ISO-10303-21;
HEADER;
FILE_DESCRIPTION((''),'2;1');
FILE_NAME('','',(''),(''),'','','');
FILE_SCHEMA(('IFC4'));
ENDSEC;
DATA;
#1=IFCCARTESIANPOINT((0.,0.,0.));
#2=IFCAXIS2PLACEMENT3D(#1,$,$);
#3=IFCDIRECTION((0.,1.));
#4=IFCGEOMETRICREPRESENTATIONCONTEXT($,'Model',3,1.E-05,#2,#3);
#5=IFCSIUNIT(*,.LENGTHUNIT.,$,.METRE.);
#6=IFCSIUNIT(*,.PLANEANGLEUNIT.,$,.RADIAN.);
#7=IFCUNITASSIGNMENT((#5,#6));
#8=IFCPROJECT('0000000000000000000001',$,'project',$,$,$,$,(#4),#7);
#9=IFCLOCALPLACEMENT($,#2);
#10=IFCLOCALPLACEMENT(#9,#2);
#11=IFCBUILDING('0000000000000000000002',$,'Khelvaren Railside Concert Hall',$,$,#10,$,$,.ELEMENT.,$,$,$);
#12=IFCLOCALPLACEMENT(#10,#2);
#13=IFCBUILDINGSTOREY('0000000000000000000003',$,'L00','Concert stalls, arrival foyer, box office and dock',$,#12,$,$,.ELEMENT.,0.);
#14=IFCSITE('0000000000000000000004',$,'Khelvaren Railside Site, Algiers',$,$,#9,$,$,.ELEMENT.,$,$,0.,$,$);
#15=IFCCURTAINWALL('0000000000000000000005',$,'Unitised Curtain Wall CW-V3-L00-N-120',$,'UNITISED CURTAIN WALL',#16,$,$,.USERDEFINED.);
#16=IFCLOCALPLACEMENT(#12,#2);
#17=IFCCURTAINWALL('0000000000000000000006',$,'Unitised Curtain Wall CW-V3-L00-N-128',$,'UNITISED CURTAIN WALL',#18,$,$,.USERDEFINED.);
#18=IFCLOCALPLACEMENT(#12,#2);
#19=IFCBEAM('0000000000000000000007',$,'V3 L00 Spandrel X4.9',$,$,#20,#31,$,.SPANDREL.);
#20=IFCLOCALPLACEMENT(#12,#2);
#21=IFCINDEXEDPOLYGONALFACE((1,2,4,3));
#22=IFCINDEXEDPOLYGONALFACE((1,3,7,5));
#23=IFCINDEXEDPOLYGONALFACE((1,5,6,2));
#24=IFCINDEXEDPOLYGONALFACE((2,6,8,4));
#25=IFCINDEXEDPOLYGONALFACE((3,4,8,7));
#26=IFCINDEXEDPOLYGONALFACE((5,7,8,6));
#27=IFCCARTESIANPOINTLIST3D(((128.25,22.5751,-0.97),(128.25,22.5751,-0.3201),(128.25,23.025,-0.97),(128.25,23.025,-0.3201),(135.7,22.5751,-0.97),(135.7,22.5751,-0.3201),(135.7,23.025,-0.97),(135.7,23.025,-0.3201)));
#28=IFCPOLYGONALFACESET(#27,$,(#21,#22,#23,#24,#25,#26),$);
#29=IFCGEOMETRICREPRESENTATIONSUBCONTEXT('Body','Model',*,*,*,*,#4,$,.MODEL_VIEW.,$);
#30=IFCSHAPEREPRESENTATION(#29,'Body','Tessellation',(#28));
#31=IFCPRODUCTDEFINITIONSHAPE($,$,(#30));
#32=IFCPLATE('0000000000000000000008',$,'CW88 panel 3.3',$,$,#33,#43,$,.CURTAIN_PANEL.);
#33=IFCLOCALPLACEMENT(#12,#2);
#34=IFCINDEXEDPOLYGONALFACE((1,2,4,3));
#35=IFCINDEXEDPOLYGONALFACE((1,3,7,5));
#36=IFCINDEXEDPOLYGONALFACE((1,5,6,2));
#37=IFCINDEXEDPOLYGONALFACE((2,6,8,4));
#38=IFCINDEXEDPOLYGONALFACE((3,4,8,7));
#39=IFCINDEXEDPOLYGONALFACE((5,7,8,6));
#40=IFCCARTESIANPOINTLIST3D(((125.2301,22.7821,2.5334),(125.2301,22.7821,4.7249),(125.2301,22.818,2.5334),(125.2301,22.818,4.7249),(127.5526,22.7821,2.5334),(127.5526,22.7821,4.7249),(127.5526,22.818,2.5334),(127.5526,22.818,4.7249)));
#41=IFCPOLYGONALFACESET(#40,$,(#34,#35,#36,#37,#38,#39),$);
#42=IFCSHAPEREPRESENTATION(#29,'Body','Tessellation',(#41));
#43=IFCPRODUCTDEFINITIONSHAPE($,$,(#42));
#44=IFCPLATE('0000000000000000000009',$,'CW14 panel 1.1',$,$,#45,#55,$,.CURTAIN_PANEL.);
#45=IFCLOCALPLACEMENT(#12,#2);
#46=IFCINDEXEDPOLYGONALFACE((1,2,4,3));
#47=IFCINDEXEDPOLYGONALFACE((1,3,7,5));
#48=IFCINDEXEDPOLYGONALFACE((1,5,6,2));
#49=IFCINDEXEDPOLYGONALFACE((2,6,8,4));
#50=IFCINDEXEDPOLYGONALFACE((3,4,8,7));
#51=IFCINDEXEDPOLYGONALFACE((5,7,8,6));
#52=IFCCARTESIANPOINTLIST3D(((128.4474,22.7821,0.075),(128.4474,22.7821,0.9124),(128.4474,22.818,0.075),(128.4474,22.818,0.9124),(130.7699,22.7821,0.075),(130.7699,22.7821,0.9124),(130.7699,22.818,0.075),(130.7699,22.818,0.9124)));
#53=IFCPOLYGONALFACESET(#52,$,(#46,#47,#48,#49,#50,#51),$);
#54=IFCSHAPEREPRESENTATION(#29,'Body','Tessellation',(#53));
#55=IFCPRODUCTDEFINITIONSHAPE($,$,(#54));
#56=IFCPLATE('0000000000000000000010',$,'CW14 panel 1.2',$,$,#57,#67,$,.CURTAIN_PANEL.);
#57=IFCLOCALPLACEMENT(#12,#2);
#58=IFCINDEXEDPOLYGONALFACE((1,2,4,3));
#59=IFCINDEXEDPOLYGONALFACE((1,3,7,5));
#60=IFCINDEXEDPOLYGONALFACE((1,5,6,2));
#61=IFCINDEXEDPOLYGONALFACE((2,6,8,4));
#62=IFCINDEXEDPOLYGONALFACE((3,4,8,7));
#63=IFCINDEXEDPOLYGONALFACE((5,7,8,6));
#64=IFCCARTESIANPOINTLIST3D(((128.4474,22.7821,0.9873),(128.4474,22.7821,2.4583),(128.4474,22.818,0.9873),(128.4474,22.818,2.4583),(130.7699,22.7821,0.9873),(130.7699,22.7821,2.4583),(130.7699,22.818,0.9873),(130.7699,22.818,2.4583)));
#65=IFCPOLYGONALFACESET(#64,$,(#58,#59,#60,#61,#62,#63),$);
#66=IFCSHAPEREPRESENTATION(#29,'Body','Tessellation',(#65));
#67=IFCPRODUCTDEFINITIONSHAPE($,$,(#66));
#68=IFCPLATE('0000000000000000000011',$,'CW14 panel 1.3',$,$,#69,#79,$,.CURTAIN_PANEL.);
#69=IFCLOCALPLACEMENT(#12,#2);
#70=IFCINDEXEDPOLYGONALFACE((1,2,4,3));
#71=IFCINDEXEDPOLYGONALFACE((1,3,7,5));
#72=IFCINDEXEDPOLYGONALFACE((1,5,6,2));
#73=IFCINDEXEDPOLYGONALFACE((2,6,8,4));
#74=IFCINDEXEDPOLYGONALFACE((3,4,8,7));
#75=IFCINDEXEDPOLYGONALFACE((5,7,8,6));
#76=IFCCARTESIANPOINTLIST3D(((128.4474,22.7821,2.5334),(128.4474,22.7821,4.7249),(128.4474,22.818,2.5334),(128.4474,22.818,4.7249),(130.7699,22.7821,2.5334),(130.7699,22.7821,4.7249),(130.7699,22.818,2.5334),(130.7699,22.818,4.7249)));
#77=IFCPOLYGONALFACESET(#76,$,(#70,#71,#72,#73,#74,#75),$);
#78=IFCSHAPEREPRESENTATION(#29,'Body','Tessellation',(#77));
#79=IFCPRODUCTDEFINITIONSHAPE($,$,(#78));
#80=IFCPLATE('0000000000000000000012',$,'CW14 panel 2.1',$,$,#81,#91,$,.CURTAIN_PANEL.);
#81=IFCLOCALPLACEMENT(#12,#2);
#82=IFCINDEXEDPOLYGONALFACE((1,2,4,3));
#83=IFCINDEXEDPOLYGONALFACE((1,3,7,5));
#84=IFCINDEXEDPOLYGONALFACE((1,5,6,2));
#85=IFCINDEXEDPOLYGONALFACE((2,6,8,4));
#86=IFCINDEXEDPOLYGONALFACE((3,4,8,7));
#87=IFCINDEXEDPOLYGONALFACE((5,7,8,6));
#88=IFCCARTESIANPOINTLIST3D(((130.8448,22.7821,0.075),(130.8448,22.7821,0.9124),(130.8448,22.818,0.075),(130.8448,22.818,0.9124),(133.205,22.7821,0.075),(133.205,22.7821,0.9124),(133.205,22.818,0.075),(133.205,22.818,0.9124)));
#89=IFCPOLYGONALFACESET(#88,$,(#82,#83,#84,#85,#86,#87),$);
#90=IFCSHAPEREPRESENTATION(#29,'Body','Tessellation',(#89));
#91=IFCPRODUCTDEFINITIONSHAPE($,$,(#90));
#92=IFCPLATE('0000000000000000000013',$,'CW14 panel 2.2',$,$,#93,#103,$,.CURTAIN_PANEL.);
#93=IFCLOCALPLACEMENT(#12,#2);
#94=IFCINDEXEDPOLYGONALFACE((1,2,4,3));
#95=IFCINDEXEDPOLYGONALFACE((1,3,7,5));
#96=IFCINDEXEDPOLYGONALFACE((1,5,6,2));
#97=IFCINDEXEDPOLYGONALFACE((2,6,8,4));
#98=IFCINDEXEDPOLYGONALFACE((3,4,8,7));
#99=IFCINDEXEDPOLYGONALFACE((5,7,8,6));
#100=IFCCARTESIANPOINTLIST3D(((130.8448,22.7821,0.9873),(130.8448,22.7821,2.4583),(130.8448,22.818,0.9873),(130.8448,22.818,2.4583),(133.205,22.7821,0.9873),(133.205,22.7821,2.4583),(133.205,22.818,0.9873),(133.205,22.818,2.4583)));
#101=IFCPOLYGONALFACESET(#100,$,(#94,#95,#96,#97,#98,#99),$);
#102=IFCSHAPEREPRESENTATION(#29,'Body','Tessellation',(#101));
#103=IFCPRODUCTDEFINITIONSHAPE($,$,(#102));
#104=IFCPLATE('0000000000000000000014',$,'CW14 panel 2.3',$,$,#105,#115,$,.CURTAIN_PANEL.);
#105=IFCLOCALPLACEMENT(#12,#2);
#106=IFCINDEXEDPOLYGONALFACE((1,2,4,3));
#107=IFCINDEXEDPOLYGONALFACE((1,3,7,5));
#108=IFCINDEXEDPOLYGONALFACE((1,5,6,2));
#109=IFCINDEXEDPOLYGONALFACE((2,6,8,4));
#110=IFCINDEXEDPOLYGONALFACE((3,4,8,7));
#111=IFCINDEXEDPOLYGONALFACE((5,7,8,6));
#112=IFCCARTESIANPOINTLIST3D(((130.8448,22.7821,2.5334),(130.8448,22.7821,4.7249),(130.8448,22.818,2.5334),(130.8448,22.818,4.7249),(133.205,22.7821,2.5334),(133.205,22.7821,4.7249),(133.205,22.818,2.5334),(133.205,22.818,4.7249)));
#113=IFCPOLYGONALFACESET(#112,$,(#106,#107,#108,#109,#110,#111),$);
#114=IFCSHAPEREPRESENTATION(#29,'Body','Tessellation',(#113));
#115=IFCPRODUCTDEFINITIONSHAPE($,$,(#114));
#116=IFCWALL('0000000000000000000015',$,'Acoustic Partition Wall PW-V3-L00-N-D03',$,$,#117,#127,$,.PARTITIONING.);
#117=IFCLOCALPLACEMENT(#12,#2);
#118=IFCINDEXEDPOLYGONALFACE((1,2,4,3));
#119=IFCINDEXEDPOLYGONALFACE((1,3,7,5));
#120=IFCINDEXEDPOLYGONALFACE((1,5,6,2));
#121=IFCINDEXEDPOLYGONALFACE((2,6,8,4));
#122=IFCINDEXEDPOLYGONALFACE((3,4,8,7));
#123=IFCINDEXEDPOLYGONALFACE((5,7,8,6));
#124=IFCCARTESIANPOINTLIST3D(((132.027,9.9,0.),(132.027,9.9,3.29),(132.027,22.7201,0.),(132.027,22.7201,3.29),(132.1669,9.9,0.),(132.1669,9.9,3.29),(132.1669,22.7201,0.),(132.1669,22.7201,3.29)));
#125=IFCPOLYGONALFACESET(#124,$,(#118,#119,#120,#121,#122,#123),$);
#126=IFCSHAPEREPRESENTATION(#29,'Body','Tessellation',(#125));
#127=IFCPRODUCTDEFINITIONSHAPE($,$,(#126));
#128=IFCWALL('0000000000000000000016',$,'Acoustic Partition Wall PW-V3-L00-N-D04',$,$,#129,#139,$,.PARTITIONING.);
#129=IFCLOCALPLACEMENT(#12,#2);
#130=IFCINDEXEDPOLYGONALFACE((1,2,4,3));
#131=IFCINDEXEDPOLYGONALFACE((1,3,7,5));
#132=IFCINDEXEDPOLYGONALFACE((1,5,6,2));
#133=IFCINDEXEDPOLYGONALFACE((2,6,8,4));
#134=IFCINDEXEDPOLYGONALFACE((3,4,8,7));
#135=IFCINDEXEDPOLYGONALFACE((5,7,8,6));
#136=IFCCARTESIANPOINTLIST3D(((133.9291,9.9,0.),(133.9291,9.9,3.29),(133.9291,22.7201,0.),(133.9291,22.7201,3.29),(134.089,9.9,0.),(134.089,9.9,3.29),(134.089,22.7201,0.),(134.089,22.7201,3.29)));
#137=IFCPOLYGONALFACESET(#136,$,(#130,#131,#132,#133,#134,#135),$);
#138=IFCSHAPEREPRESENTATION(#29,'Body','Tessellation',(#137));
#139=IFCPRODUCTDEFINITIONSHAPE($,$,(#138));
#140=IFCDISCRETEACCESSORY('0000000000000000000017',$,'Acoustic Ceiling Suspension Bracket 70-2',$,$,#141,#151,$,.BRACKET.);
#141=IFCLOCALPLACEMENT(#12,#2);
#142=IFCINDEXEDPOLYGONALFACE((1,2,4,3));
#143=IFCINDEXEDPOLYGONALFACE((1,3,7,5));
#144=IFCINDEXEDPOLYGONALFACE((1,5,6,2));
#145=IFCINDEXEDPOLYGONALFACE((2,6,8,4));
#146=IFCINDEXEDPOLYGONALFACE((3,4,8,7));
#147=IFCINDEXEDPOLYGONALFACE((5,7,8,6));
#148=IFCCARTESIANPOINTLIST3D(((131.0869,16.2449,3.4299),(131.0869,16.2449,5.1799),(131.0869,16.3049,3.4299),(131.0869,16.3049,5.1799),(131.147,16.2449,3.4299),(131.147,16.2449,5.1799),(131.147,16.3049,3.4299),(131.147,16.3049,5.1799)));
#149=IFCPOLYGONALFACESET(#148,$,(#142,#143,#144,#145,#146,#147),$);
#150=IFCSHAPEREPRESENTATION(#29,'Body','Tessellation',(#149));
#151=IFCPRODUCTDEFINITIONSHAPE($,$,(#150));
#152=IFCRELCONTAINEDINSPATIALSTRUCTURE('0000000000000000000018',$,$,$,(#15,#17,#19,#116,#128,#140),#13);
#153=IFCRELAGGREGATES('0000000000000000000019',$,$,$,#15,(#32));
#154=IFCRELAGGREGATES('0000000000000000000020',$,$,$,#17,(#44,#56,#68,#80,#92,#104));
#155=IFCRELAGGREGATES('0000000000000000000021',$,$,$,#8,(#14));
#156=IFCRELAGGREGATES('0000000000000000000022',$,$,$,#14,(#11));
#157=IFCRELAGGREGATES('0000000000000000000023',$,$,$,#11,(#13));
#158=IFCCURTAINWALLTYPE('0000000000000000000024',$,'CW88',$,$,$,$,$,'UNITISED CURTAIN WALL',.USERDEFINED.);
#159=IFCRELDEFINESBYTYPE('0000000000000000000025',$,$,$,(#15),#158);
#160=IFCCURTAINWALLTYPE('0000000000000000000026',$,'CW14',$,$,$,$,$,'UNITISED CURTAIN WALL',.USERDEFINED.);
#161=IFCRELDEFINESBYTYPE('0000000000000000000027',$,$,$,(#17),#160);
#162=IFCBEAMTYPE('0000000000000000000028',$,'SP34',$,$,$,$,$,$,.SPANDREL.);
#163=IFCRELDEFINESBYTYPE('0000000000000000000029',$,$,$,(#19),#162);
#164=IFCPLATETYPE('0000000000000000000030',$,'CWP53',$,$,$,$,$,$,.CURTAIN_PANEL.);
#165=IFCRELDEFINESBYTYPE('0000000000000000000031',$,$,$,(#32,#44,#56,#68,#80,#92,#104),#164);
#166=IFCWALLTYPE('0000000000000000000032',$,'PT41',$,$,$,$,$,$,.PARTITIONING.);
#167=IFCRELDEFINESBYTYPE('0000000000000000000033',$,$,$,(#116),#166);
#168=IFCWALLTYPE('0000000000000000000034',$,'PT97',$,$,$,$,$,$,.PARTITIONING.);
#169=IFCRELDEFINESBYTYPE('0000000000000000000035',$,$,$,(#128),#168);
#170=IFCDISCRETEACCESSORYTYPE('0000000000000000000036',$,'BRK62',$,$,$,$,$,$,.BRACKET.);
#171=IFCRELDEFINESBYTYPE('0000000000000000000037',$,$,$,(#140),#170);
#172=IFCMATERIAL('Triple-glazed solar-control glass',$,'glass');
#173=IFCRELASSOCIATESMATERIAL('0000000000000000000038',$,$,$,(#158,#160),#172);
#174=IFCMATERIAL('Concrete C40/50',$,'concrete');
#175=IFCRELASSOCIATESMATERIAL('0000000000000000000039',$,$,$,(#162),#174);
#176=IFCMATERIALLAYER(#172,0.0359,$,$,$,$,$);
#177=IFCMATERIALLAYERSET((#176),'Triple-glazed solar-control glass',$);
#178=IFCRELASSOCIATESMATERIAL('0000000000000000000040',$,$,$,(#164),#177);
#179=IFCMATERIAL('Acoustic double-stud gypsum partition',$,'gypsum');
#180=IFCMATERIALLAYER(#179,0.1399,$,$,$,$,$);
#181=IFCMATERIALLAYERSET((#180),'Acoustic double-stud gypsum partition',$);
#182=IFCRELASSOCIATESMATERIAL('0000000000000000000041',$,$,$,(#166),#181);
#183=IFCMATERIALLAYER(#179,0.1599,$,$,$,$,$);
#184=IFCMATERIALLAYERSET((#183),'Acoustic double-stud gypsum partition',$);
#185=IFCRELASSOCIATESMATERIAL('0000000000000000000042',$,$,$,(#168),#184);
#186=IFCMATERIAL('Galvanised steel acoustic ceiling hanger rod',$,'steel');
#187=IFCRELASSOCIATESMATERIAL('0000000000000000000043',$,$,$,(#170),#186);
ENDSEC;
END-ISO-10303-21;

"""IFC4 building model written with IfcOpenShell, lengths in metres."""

from ifc_helpers import new_model, si_unit, direction, frame, frame_2d, origin, origin_2d, place, context, subcontext, project, spatial, rectangle, extrude, material, layer, layer_set, material_profile, profile_set, type_object, element, aggregate, save


model = new_model("IFC4")

# Units and contexts
model_context = context("Model", 3, precision=1e-05, world=origin(), true_north=direction((0.0, 1.0)))
body_context = subcontext(model_context, "Body", "Model", "MODEL_VIEW")
ifc_project = project(units=[si_unit("LENGTHUNIT", "METRE"), si_unit("PLANEANGLEUNIT", "RADIAN")], contexts=[model_context])

# Site, building, storey
site_placement = place(None, origin())
site = spatial("IfcSite", under=ifc_project, at=site_placement, Name="Khelvaren Railside Site, Algiers", CompositionType="ELEMENT", RefElevation=0.0)
building_placement = place(site_placement, origin())
building = spatial("IfcBuilding", under=site, at=building_placement, Name="Khelvaren Railside Concert Hall", CompositionType="ELEMENT")
storey_placement = place(building_placement, origin())
storey = spatial("IfcBuildingStorey", under=building, at=storey_placement, Name="L00", Description="Concert stalls, arrival foyer, box office and dock", CompositionType="ELEMENT", Elevation=0.0)

# Curtain wall
ifc_material_1 = material(Name="Triple-glazed solar-control glass", Category="glass")
curtain_wall_type_1 = type_object("IfcCurtainWallType", Name="CW88", ElementType="UNITISED CURTAIN WALL", PredefinedType="USERDEFINED", material=ifc_material_1)
curtain_wall_1_placement = place(storey_placement, origin())
curtain_wall_1 = element("IfcCurtainWall", 1, at=curtain_wall_1_placement, inside=storey, type_object=curtain_wall_type_1, Name="Unitised Curtain Wall CW-V3-L00-N-120", ObjectType="UNITISED CURTAIN WALL", PredefinedType="USERDEFINED")

# Curtain wall
curtain_wall_type_2 = type_object("IfcCurtainWallType", Name="CW14", ElementType="UNITISED CURTAIN WALL", PredefinedType="USERDEFINED", material=ifc_material_1)
curtain_wall_2_placement = place(storey_placement, origin())
curtain_wall_2 = element("IfcCurtainWall", 2, at=curtain_wall_2_placement, inside=storey, type_object=curtain_wall_type_2, Name="Unitised Curtain Wall CW-V3-L00-N-128", ObjectType="UNITISED CURTAIN WALL", PredefinedType="USERDEFINED")

# Beam
ifc_material_2 = material(Name="Concrete C40/50", Category="concrete")
ifc_material_profile_1 = material_profile(ifc_material_2, rectangle(XDim=0.45, YDim=0.6499, at=origin_2d()), Name="RCB 450x650")
ifc_profile_set_1 = profile_set([ifc_material_profile_1], Name="Concrete C40/50")
beam_type_1 = type_object("IfcBeamType", Name="SP34", PredefinedType="SPANDREL", material=ifc_profile_set_1)
beam_1_placement = place(storey_placement, frame((128.25, 22.8, -0.645), z_axis=(1.0, 0.0, 0.0), x_axis=(0.0, 1.0, 0.0)))
element("IfcBeam", 3, at=beam_1_placement, inside=storey, type_object=beam_type_1, Name="V3 L00 Spandrel X4.9", PredefinedType="SPANDREL", context=body_context, shape_type="SweptSolid", body=[
    extrude(rectangle(XDim=0.45, YDim=0.6499, at=origin_2d()), origin(), (0.0, 0.0, 1.0), 7.45),
])

# Plates
ifc_layer_1 = layer(ifc_material_1, 0.0359)
ifc_layer_set_1 = layer_set([ifc_layer_1], Name="Triple-glazed solar-control glass")
plate_type = type_object("IfcPlateType", Name="CWP53", PredefinedType="CURTAIN_PANEL", material=ifc_layer_set_1)
plate_1_placement = place(storey_placement, frame((126.3914, 22.8, 2.5334), z_axis=(0.0, 0.0, 1.0), x_axis=(1.0, 0.0, 0.0)))
plate_1 = element("IfcPlate", 4, at=plate_1_placement, type_object=plate_type, Name="CW88 panel 3.3", PredefinedType="CURTAIN_PANEL", context=body_context, shape_type="SweptSolid", body=[
    extrude(rectangle(XDim=2.3225, YDim=0.0359, at=origin_2d()), origin(), (0.0, 0.0, 1.0), 2.1914),
])
aggregate(curtain_wall_1, [plate_1])
plate_2_placement = place(storey_placement, frame((129.6086, 22.8, 0.075), z_axis=(0.0, 0.0, 1.0), x_axis=(1.0, 0.0, 0.0)))
plate_2 = element("IfcPlate", 5, at=plate_2_placement, type_object=plate_type, Name="CW14 panel 1.1", PredefinedType="CURTAIN_PANEL", context=body_context, shape_type="SweptSolid", body=[
    extrude(rectangle(XDim=2.3225, YDim=0.0359, at=origin_2d()), origin(), (0.0, 0.0, 1.0), 0.8374),
])
plate_3_placement = place(storey_placement, frame((129.6086, 22.8, 0.9873), z_axis=(0.0, 0.0, 1.0), x_axis=(1.0, 0.0, 0.0)))
plate_3 = element("IfcPlate", 6, at=plate_3_placement, type_object=plate_type, Name="CW14 panel 1.2", PredefinedType="CURTAIN_PANEL", context=body_context, shape_type="SweptSolid", body=[
    extrude(rectangle(XDim=2.3225, YDim=0.0359, at=origin_2d()), origin(), (0.0, 0.0, 1.0), 1.4709),
])
plate_4_placement = place(storey_placement, frame((129.6086, 22.8, 2.5334), z_axis=(0.0, 0.0, 1.0), x_axis=(1.0, 0.0, 0.0)))
plate_4 = element("IfcPlate", 7, at=plate_4_placement, type_object=plate_type, Name="CW14 panel 1.3", PredefinedType="CURTAIN_PANEL", context=body_context, shape_type="SweptSolid", body=[
    extrude(rectangle(XDim=2.3225, YDim=0.0359, at=origin_2d()), origin(), (0.0, 0.0, 1.0), 2.1914),
])
plate_5_placement = place(storey_placement, frame((132.0249, 22.8, 0.075), z_axis=(0.0, 0.0, 1.0), x_axis=(1.0, 0.0, 0.0)))
plate_5 = element("IfcPlate", 8, at=plate_5_placement, type_object=plate_type, Name="CW14 panel 2.1", PredefinedType="CURTAIN_PANEL", context=body_context, shape_type="SweptSolid", body=[
    extrude(rectangle(XDim=2.3601, YDim=0.0359, at=origin_2d()), origin(), (0.0, 0.0, 1.0), 0.8374),
])
plate_6_placement = place(storey_placement, frame((132.0249, 22.8, 0.9873), z_axis=(0.0, 0.0, 1.0), x_axis=(1.0, 0.0, 0.0)))
plate_6 = element("IfcPlate", 9, at=plate_6_placement, type_object=plate_type, Name="CW14 panel 2.2", PredefinedType="CURTAIN_PANEL", context=body_context, shape_type="SweptSolid", body=[
    extrude(rectangle(XDim=2.3601, YDim=0.0359, at=origin_2d()), origin(), (0.0, 0.0, 1.0), 1.4709),
])
plate_7_placement = place(storey_placement, frame((132.0249, 22.8, 2.5334), z_axis=(0.0, 0.0, 1.0), x_axis=(1.0, 0.0, 0.0)))
plate_7 = element("IfcPlate", 10, at=plate_7_placement, type_object=plate_type, Name="CW14 panel 2.3", PredefinedType="CURTAIN_PANEL", context=body_context, shape_type="SweptSolid", body=[
    extrude(rectangle(XDim=2.3601, YDim=0.0359, at=origin_2d()), origin(), (0.0, 0.0, 1.0), 2.1914),
])
aggregate(curtain_wall_2, [plate_2, plate_3, plate_4, plate_5, plate_6, plate_7])

# Wall
ifc_material_3 = material(Name="Acoustic double-stud gypsum partition", Category="gypsum")
ifc_layer_2 = layer(ifc_material_3, 0.1399)
ifc_layer_set_2 = layer_set([ifc_layer_2], Name="Acoustic double-stud gypsum partition")
wall_type_1 = type_object("IfcWallType", Name="PT41", PredefinedType="PARTITIONING", material=ifc_layer_set_2)
wall_1_placement = place(storey_placement, frame((132.0969, 9.8999, 0.0), z_axis=(0.0, 0.0, 1.0), x_axis=(0.0, 1.0, 0.0)))
element("IfcWall", 11, at=wall_1_placement, inside=storey, type_object=wall_type_1, Name="Acoustic Partition Wall PW-V3-L00-N-D03", PredefinedType="PARTITIONING", context=body_context, shape_type="SweptSolid", body=[
    extrude(rectangle(XDim=12.8201, YDim=0.1399, at=frame_2d((6.4102, 0.0))), origin(), (0.0, 0.0, 1.0), 3.29),
])

# Wall
ifc_layer_3 = layer(ifc_material_3, 0.1599)
ifc_layer_set_3 = layer_set([ifc_layer_3], Name="Acoustic double-stud gypsum partition")
wall_type_2 = type_object("IfcWallType", Name="PT97", PredefinedType="PARTITIONING", material=ifc_layer_set_3)
wall_2_placement = place(storey_placement, frame((134.009, 9.8999, 0.0), z_axis=(0.0, 0.0, 1.0), x_axis=(0.0, 1.0, 0.0)))
element("IfcWall", 12, at=wall_2_placement, inside=storey, type_object=wall_type_2, Name="Acoustic Partition Wall PW-V3-L00-N-D04", PredefinedType="PARTITIONING", context=body_context, shape_type="SweptSolid", body=[
    extrude(rectangle(XDim=12.8201, YDim=0.1599, at=frame_2d((6.4102, 0.0))), origin(), (0.0, 0.0, 1.0), 3.29),
])

# Discrete accessory
ifc_material_4 = material(Name="Galvanised steel acoustic ceiling hanger rod", Category="steel")
discrete_accessory_type = type_object("IfcDiscreteAccessoryType", Name="BRK62", PredefinedType="BRACKET", material=ifc_material_4)
discrete_accessory_placement = place(storey_placement, frame((131.1169, 16.2749, 3.4299), z_axis=(0.0, 0.0, 1.0), x_axis=(1.0, 0.0, 0.0)))
element("IfcDiscreteAccessory", 13, at=discrete_accessory_placement, inside=storey, type_object=discrete_accessory_type, Name="Acoustic Ceiling Suspension Bracket 70-2", PredefinedType="BRACKET", context=body_context, shape_type="SweptSolid", body=[
    extrude(rectangle(XDim=0.0601, YDim=0.0601, at=origin_2d()), origin(), (0.0, 0.0, 1.0), 1.75),
])

save(model, "model.ifc")
